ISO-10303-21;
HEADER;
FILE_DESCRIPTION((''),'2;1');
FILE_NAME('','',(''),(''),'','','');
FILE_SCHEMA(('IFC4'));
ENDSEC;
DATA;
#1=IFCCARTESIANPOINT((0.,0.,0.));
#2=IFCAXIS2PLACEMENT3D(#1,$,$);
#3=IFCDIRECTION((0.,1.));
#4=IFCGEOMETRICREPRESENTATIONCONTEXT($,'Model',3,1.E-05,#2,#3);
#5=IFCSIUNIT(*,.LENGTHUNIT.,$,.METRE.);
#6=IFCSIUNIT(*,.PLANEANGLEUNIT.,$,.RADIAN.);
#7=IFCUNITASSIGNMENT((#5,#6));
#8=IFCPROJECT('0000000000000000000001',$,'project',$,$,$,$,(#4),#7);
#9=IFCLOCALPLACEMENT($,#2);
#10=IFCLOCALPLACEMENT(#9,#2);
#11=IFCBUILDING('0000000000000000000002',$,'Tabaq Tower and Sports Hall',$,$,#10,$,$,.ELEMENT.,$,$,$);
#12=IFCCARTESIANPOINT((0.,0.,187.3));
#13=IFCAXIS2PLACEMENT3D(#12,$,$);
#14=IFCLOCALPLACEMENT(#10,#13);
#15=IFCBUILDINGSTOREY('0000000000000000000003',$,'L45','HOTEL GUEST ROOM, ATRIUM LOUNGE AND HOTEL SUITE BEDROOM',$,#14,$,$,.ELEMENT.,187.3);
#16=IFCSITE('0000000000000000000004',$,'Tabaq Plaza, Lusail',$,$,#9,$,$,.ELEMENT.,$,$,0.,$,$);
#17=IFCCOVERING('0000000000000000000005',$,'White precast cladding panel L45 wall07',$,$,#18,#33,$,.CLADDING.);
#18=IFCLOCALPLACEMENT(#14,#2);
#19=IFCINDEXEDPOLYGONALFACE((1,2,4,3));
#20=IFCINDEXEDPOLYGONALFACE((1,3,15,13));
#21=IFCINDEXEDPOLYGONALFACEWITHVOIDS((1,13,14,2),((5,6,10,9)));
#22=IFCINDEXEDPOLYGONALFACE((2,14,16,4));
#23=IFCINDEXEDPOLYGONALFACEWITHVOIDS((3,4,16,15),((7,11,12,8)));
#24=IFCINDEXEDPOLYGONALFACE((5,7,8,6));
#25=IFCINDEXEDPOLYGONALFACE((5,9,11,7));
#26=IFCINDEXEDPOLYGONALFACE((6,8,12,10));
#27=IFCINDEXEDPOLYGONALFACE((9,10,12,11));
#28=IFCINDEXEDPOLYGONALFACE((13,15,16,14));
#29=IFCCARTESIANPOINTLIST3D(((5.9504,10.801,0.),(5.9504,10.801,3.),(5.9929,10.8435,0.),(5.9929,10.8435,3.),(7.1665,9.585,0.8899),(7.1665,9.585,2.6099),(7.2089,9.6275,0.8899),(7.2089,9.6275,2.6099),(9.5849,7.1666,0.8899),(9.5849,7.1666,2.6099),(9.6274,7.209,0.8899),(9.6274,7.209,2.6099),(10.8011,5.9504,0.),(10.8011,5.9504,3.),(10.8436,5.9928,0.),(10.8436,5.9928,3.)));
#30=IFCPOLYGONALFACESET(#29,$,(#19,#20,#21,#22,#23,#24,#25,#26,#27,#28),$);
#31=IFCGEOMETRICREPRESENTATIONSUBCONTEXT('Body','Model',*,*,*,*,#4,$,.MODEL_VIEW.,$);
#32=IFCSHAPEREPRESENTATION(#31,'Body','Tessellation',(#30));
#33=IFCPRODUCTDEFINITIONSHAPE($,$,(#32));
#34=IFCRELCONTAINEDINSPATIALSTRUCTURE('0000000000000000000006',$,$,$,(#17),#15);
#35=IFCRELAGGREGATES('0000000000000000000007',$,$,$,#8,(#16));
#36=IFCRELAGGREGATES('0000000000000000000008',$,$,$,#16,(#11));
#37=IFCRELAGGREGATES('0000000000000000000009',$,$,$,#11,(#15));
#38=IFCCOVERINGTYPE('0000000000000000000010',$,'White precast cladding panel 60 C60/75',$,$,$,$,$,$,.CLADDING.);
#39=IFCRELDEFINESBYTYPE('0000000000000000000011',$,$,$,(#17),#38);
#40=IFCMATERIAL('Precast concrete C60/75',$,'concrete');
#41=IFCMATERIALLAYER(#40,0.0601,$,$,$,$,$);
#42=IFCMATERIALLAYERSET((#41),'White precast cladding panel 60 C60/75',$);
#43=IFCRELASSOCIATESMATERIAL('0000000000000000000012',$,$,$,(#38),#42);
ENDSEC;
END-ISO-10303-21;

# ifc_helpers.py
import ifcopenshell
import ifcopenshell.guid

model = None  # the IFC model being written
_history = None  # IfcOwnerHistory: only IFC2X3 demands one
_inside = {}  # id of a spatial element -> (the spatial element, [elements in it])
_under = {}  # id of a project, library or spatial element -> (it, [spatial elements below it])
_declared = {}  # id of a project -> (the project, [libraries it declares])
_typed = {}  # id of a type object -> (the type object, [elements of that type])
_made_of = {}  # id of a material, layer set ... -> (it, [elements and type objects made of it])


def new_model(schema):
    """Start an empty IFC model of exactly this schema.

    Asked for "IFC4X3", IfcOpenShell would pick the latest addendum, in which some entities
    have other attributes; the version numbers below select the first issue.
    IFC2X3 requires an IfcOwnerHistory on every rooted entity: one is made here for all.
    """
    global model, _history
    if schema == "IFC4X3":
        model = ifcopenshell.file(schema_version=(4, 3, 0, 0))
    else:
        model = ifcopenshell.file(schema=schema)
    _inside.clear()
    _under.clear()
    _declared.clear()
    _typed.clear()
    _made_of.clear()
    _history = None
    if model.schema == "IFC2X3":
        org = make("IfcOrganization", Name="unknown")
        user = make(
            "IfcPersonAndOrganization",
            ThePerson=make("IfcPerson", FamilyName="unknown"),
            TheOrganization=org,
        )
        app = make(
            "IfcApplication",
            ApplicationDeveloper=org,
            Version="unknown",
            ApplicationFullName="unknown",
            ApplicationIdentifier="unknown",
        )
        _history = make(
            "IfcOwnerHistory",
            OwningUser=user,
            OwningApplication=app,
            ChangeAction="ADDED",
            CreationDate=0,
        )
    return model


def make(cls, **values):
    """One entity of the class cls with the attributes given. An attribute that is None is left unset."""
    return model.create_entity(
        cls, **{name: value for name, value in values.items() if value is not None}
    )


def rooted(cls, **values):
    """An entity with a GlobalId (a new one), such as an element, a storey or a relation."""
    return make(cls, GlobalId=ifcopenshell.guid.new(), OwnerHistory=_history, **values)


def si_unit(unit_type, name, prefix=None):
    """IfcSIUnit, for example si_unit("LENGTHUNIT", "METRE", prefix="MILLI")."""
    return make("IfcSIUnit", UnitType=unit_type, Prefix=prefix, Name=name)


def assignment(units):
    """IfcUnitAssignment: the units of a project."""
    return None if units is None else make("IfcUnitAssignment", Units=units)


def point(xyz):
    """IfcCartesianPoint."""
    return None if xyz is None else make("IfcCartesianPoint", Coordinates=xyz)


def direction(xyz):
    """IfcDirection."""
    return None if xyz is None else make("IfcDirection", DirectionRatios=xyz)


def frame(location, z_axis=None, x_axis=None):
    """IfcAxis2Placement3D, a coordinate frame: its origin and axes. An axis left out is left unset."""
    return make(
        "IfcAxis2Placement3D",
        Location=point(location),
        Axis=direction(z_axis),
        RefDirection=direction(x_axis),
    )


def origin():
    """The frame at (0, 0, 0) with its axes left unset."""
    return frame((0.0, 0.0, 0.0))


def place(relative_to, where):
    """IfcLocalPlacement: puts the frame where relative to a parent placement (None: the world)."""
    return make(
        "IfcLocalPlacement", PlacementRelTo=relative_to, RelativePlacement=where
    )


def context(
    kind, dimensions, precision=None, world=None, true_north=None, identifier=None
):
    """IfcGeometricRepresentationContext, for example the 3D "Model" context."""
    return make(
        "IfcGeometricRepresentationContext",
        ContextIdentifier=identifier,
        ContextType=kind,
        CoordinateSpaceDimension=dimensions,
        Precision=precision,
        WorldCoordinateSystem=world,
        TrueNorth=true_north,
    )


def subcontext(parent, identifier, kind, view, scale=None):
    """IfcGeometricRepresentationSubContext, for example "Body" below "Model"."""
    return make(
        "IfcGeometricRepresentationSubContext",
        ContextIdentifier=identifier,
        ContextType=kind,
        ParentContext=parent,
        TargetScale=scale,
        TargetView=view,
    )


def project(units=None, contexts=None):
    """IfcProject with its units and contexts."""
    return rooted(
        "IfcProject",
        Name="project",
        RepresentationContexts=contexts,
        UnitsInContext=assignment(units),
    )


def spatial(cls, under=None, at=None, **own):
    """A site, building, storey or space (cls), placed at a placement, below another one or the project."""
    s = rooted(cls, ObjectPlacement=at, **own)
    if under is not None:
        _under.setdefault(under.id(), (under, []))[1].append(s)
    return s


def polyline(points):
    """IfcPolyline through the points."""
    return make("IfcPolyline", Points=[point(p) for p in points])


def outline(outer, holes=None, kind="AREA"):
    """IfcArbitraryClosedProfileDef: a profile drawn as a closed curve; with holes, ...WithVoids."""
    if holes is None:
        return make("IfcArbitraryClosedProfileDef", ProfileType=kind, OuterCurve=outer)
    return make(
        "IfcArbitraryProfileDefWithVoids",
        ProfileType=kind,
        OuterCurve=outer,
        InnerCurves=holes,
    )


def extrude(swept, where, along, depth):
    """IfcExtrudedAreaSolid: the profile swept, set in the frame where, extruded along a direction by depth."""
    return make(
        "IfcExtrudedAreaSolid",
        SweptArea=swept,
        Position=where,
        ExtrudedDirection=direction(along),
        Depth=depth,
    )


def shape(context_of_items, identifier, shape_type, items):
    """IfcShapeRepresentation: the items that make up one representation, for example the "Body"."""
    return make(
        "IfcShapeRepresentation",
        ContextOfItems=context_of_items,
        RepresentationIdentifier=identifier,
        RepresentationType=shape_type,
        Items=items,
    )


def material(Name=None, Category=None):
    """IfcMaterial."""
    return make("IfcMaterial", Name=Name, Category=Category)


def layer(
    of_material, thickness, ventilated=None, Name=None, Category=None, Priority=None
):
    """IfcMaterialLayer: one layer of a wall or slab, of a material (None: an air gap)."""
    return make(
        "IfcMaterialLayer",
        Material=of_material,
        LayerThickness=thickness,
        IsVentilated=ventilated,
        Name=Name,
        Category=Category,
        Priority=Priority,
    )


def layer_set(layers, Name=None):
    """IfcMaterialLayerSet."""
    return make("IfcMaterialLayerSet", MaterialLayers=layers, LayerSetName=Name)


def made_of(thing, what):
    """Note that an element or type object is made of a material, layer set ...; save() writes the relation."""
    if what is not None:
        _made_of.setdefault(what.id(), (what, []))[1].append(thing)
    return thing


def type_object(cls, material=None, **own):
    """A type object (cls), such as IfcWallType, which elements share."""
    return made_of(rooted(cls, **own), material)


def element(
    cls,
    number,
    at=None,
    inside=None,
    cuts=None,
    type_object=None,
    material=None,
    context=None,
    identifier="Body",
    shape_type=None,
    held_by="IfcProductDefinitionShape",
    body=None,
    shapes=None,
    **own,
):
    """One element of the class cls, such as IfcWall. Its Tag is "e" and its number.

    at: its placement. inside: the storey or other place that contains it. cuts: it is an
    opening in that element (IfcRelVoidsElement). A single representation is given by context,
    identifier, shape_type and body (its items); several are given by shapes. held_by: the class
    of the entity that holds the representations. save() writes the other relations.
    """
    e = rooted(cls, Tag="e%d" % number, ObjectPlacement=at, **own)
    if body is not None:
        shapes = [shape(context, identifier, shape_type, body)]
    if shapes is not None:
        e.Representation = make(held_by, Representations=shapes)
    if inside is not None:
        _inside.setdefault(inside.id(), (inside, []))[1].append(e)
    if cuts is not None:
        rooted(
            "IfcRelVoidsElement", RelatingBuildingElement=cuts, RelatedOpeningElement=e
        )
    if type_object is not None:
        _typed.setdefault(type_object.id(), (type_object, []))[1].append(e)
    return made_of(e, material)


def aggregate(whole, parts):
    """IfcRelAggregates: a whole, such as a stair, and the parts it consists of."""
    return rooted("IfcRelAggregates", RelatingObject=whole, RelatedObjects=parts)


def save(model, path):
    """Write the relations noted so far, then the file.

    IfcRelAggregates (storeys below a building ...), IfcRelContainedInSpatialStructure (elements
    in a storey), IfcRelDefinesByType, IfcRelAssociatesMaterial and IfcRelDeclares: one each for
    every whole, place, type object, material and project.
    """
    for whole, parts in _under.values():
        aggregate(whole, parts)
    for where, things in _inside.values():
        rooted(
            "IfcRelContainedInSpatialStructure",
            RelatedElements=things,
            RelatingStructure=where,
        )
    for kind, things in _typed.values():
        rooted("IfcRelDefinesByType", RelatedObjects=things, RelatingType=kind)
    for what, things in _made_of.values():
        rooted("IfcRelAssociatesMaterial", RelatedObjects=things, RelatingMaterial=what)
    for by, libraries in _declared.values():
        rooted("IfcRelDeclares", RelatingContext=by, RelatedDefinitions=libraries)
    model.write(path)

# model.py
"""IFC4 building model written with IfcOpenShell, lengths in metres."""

from ifc_helpers import new_model, si_unit, direction, frame, origin, place, context, subcontext, project, spatial, polyline, outline, extrude, material, layer, layer_set, type_object, element, save


model = new_model("IFC4")

# Units and contexts
model_context = context("Model", 3, precision=1e-05, world=origin(), true_north=direction((0.0, 1.0)))
body_context = subcontext(model_context, "Body", "Model", "MODEL_VIEW")
ifc_project = project(units=[si_unit("LENGTHUNIT", "METRE"), si_unit("PLANEANGLEUNIT", "RADIAN")], contexts=[model_context])

# Site, building, storey
site_placement = place(None, origin())
site = spatial("IfcSite", under=ifc_project, at=site_placement, Name="Tabaq Plaza, Lusail", CompositionType="ELEMENT", RefElevation=0.0)
building_placement = place(site_placement, origin())
building = spatial("IfcBuilding", under=site, at=building_placement, Name="Tabaq Tower and Sports Hall", CompositionType="ELEMENT")
storey_placement = place(building_placement, frame((0.0, 0.0, 187.3)))
storey = spatial("IfcBuildingStorey", under=building, at=storey_placement, Name="L45", Description="HOTEL GUEST ROOM, ATRIUM LOUNGE AND HOTEL SUITE BEDROOM", CompositionType="ELEMENT", Elevation=187.3)

# Covering
ifc_material_1 = material(Name="Precast concrete C60/75", Category="concrete")
ifc_layer_1 = layer(ifc_material_1, 0.0601)
ifc_layer_set_1 = layer_set([ifc_layer_1], Name="White precast cladding panel 60 C60/75")
covering_type = type_object("IfcCoveringType", Name="White precast cladding panel 60 C60/75", PredefinedType="CLADDING", material=ifc_layer_set_1)
covering_placement = place(storey_placement, frame((5.9717, 10.8223, 0.0), z_axis=(0.0, 0.0, 1.0), x_axis=(0.707107, -0.707107, 0.0)))
element("IfcCovering", 1, at=covering_placement, inside=storey, type_object=covering_type, Name="White precast cladding panel L45 wall07", PredefinedType="CLADDING", context=body_context, shape_type="SweptSolid", body=[
    extrude(outline(polyline([(0.0, 0.0), (6.8599, 0.0), (6.8599, 3.0), (0.0, 3.0), (0.0, 0.0)]), holes=[polyline([(1.7197, 0.8899), (1.7197, 2.6099), (5.1399, 2.6099), (5.1399, 0.8899), (1.7197, 0.8899)])]), frame((0.0, 0.03, 0.0), z_axis=(0.0, -1.0, 0.0), x_axis=(1.0, 0.0, 0.0)), (0.0, 0.0, 1.0), 0.0601),
])

save(model, "model.ifc")
